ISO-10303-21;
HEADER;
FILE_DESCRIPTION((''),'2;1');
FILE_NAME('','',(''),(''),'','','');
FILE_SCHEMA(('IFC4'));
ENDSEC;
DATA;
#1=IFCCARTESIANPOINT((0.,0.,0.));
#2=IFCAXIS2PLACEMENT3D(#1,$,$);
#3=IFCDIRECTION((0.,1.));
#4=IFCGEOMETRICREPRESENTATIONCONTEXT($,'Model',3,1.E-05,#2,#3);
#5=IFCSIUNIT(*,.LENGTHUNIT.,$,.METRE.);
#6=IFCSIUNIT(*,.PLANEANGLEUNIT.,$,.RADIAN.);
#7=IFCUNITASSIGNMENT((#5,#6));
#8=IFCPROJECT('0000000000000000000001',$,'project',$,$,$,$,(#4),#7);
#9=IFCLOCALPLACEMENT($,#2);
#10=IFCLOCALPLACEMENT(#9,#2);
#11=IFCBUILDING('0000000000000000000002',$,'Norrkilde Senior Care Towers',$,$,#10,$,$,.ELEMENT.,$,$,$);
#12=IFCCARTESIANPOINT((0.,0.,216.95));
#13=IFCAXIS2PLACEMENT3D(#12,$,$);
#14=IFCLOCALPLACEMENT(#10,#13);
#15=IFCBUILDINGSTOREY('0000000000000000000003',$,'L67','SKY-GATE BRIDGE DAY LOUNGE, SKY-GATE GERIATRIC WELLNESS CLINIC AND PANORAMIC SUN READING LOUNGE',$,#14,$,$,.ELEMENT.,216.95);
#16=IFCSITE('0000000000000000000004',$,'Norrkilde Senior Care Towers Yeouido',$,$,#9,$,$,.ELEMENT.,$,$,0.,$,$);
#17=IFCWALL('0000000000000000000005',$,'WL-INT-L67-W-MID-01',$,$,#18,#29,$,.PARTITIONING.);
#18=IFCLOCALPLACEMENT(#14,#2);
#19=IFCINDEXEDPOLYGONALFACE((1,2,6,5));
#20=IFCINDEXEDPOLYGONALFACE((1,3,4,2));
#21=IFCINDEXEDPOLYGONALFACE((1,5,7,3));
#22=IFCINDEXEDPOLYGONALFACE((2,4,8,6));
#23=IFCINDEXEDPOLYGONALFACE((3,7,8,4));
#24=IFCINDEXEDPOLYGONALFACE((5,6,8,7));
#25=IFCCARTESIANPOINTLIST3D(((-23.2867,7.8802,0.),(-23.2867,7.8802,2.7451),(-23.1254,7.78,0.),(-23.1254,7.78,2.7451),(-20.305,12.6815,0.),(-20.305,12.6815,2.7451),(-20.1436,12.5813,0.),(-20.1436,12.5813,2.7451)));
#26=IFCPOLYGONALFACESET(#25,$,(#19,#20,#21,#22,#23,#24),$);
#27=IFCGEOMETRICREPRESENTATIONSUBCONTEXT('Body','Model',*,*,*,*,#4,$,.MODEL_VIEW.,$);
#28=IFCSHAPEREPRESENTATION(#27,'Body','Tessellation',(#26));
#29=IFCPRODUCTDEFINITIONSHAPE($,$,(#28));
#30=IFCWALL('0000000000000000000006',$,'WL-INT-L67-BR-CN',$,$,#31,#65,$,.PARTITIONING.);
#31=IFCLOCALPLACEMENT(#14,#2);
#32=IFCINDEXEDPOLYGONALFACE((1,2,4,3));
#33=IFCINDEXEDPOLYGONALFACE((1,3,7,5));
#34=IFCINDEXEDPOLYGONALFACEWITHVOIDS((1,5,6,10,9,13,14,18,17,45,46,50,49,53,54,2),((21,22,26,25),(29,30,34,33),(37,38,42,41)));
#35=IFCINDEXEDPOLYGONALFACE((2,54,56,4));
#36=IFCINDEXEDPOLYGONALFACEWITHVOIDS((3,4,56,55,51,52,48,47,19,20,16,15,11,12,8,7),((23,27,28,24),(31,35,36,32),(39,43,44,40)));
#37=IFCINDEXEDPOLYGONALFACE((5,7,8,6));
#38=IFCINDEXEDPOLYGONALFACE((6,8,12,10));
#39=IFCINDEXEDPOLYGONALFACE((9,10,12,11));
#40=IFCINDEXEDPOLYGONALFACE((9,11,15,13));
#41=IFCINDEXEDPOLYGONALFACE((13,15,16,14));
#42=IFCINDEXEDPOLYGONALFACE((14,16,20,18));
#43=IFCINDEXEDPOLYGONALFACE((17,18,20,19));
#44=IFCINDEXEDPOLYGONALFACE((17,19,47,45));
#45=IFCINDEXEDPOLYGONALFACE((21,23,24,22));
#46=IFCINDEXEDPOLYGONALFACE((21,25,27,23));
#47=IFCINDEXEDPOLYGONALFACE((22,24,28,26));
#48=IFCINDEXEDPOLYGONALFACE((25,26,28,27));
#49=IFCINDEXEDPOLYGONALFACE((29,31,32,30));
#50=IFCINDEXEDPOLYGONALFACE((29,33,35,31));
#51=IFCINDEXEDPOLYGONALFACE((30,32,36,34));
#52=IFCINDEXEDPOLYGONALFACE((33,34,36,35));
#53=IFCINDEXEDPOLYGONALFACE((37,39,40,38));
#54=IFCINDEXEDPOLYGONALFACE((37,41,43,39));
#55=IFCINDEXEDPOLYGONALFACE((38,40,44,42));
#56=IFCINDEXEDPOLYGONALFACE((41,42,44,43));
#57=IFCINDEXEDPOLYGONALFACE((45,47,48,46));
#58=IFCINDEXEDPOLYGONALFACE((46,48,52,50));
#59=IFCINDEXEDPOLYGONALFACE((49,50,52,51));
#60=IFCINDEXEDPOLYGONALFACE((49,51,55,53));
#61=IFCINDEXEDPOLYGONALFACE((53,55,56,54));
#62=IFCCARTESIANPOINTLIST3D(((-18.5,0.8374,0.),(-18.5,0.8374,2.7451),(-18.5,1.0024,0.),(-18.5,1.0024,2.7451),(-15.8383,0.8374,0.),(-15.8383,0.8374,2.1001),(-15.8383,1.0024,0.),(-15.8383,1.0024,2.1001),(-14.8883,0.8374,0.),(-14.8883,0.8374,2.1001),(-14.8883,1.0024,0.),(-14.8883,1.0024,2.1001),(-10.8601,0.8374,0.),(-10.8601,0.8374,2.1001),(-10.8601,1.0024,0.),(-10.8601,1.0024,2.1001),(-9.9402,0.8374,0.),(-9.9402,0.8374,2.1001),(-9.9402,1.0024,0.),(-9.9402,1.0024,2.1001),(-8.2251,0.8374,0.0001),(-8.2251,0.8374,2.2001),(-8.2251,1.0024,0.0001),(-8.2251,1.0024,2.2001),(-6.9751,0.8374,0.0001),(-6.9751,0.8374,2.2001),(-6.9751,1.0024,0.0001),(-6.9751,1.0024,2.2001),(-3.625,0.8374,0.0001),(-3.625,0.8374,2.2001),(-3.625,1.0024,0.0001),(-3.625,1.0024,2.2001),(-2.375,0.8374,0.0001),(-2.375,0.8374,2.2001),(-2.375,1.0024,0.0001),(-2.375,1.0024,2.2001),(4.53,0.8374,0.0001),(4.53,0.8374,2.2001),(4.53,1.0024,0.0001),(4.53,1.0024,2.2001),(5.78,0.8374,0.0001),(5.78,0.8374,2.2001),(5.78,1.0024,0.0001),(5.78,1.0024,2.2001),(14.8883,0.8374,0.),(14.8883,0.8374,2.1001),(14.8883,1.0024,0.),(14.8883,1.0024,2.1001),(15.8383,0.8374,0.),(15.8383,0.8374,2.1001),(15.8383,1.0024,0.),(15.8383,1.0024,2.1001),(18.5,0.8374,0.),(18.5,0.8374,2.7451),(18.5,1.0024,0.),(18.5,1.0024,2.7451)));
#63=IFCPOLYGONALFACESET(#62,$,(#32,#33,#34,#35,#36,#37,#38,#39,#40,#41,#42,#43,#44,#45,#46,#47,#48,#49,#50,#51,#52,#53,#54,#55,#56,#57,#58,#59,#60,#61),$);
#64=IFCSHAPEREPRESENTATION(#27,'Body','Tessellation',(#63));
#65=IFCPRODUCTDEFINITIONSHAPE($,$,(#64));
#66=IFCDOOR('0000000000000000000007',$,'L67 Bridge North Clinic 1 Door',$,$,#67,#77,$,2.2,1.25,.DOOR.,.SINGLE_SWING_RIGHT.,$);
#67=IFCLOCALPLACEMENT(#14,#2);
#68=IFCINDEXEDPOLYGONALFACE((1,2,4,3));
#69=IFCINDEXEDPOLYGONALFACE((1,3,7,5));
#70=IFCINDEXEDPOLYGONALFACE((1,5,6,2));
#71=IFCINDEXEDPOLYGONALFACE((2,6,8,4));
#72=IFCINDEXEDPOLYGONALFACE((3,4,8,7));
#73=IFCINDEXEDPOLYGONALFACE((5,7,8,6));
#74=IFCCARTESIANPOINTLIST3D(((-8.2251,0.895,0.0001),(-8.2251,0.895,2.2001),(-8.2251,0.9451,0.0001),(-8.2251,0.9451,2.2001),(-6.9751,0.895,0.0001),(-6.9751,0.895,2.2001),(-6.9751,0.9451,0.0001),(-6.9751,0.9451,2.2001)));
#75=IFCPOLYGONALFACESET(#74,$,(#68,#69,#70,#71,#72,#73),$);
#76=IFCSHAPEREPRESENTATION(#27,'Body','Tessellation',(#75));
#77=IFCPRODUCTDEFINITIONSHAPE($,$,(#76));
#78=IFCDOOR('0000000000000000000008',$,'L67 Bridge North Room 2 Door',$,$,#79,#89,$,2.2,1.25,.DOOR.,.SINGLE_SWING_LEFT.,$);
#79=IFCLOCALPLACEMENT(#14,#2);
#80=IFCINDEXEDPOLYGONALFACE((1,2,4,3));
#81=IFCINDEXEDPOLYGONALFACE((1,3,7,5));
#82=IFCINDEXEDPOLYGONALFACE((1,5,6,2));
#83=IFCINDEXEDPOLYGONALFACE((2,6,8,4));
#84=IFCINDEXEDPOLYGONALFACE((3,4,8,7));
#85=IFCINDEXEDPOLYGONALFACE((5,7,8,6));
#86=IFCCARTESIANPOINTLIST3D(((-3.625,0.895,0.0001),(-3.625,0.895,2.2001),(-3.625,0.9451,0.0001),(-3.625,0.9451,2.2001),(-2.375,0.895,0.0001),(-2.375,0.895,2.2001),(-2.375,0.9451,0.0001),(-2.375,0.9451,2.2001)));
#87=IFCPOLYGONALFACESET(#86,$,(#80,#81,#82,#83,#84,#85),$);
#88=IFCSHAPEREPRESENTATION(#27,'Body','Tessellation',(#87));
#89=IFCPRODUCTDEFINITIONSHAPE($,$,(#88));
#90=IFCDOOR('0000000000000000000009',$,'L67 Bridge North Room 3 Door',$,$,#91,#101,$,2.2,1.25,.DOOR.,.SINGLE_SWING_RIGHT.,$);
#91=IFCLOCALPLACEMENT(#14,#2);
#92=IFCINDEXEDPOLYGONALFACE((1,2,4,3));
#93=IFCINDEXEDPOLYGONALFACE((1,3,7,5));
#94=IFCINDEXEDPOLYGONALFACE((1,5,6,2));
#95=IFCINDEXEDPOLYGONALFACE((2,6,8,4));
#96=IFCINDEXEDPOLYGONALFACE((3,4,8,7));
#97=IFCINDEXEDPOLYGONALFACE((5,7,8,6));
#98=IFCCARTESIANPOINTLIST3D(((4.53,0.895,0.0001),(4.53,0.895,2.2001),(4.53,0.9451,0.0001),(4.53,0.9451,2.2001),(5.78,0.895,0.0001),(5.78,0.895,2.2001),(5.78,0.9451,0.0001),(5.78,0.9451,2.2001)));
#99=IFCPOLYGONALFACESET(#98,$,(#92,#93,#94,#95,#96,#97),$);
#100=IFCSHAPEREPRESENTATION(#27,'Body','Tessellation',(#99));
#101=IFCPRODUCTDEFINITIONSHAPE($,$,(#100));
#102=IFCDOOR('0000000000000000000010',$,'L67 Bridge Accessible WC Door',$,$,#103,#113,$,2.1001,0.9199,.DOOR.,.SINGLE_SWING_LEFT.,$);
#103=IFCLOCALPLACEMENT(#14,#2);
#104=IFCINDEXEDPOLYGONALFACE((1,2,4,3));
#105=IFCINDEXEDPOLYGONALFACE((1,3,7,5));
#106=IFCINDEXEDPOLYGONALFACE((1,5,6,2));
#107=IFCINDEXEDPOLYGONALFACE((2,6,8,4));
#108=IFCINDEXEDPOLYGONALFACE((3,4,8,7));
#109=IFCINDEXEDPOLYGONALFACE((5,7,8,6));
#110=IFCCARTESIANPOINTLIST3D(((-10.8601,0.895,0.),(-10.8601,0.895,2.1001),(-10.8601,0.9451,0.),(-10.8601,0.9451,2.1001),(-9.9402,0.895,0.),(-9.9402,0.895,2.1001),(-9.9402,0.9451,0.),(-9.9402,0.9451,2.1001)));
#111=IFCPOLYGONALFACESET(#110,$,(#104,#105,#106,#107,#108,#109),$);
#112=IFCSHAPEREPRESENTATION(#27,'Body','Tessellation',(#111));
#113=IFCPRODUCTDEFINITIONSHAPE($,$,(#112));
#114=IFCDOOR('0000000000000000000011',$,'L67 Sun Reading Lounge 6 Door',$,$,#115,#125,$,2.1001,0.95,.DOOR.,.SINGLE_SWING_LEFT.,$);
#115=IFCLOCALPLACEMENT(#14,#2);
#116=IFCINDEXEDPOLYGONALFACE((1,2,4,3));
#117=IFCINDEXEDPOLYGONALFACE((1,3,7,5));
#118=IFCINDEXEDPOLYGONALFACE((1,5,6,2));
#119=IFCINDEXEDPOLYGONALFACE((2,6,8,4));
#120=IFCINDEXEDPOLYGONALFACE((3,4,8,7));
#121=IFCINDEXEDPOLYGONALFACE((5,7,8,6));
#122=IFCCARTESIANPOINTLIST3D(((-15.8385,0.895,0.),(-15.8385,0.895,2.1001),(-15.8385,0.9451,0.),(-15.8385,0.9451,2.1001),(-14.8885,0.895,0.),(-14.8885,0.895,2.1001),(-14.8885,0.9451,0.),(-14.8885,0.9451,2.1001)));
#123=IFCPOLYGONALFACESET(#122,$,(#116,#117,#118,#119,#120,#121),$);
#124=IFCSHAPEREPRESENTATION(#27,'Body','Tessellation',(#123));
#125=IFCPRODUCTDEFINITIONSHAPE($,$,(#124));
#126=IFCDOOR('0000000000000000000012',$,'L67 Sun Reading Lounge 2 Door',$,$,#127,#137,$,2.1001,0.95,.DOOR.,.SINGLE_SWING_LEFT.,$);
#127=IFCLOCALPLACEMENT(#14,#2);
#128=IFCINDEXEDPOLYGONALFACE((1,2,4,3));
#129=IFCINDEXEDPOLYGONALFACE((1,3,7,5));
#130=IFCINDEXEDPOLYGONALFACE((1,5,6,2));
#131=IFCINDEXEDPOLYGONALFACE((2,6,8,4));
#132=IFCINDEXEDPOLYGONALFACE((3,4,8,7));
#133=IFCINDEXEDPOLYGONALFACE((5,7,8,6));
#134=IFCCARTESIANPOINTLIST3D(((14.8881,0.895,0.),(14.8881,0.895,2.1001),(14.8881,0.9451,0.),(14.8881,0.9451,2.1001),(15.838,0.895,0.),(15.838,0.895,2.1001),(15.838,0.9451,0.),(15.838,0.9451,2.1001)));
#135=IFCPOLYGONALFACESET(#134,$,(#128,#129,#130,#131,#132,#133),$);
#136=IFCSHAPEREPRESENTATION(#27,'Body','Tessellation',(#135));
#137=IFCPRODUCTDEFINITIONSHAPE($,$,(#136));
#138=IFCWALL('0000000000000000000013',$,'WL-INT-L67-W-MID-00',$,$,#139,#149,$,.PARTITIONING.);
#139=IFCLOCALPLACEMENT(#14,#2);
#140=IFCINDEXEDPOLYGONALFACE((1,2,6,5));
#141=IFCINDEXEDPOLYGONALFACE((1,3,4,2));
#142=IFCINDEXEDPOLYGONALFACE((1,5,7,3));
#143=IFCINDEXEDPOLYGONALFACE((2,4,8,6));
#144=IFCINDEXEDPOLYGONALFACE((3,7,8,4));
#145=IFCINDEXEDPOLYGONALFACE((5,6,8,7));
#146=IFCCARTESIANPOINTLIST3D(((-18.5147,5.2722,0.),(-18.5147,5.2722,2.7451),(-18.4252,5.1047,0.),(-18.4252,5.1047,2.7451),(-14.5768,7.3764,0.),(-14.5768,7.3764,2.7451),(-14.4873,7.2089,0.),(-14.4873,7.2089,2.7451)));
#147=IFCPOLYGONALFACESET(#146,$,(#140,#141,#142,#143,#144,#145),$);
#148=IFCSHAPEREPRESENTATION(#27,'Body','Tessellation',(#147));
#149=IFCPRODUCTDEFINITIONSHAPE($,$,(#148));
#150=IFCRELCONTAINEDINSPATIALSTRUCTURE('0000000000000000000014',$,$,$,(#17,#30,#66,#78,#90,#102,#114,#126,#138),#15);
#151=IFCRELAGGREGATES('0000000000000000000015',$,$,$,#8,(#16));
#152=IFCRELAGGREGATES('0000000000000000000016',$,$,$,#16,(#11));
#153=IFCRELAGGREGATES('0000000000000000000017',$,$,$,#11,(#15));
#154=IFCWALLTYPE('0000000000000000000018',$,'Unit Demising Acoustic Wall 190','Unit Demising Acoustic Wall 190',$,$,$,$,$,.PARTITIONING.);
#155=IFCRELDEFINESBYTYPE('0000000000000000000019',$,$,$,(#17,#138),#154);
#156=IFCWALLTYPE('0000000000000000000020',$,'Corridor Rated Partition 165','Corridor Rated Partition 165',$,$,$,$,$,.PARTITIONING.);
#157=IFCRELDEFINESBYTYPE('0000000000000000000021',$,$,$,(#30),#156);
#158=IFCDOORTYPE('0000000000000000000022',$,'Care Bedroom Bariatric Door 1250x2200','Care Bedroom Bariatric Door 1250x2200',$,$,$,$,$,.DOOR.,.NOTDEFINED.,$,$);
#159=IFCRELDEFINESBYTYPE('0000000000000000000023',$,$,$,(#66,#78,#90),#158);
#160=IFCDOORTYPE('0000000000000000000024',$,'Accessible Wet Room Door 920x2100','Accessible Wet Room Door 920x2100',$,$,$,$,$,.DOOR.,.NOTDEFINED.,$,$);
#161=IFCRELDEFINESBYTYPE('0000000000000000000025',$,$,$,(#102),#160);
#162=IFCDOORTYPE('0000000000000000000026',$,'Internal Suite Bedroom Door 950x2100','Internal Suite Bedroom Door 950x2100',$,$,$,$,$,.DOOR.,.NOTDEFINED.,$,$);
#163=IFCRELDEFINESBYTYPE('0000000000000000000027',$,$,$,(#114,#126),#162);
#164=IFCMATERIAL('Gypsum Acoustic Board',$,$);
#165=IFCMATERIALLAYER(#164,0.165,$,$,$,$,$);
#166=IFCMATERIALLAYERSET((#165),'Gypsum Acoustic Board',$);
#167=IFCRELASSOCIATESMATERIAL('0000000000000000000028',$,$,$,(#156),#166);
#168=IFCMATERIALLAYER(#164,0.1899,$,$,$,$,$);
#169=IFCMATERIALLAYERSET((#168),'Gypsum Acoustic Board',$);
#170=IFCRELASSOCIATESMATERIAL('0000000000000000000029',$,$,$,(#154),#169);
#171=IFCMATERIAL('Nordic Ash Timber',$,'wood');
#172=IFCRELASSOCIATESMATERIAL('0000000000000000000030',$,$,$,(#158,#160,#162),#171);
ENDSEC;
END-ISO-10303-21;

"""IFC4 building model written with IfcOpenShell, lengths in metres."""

from ifc_helpers import new_model, si_unit, direction, frame, frame_2d, origin, place, context, subcontext, project, spatial, rectangle, extrude, source, transform, mapped, material, layer, layer_set, type_object, type_shapes, element, fill, save


model = new_model("IFC4")

# Units and contexts
model_context = context("Model", 3, precision=1e-05, world=origin(), true_north=direction((0.0, 1.0)))
body_context = subcontext(model_context, "Body", "Model", "MODEL_VIEW")
ifc_project = project(units=[si_unit("LENGTHUNIT", "METRE"), si_unit("PLANEANGLEUNIT", "RADIAN")], contexts=[model_context])

# Site, building, storey
site_placement = place(None, origin())
site = spatial("IfcSite", under=ifc_project, at=site_placement, Name="Norrkilde Senior Care Towers Yeouido", CompositionType="ELEMENT", RefElevation=0.0)
building_placement = place(site_placement, origin())
building = spatial("IfcBuilding", under=site, at=building_placement, Name="Norrkilde Senior Care Towers", CompositionType="ELEMENT")
storey_placement = place(building_placement, frame((0.0, 0.0, 216.95)))
storey = spatial("IfcBuildingStorey", under=building, at=storey_placement, Name="L67", Description="SKY-GATE BRIDGE DAY LOUNGE, SKY-GATE GERIATRIC WELLNESS CLINIC AND PANORAMIC SUN READING LOUNGE", CompositionType="ELEMENT", Elevation=216.95)

# Shared definitions
ifc_material_1 = material(Name="Gypsum Acoustic Board")
ifc_layer_1 = layer(ifc_material_1, 0.165)
ifc_layer_set_1 = layer_set([ifc_layer_1], Name="Gypsum Acoustic Board")
wall_type_1 = type_object("IfcWallType", Name="Corridor Rated Partition 165", Description="Corridor Rated Partition 165", PredefinedType="PARTITIONING", material=ifc_layer_set_1)
ifc_material_2 = material(Name="Nordic Ash Timber", Category="wood")

# Wall
ifc_layer_2 = layer(ifc_material_1, 0.1899)
ifc_layer_set_2 = layer_set([ifc_layer_2], Name="Gypsum Acoustic Board")
wall_type_2 = type_object("IfcWallType", Name="Unit Demising Acoustic Wall 190", Description="Unit Demising Acoustic Wall 190", PredefinedType="PARTITIONING", material=ifc_layer_set_2)
shared_shape_1 = source(origin(), body_context, "Body", "SweptSolid", [
    extrude(rectangle(XDim=5.6519, YDim=0.1899, at=frame_2d((2.8259, 0.0))), origin(), (0.0, 0.0, 1.0), 2.7451),
])
wall_1_placement = place(storey_placement, frame((-23.2061, 7.8301, 0.0), z_axis=(0.0, 0.0, 1.0), x_axis=(0.527566, 0.849514, 0.0)))
element("IfcWall", 1, at=wall_1_placement, inside=storey, type_object=wall_type_2, Name="WL-INT-L67-W-MID-01", PredefinedType="PARTITIONING", context=body_context, shape_type="MappedRepresentation", body=[
    mapped(shared_shape_1, transform((0.0, 0.0, 0.0), x_axis=(1.0, 0.0, 0.0), y_axis=(0.0, 1.0, 0.0), z_axis=(0.0, 0.0, 1.0), scale=1.0)),
])

# Wall, openings, doors
shared_shape_2 = source(origin(), body_context, "Body", "SweptSolid", [
    extrude(rectangle(XDim=37.0, YDim=0.165, at=frame_2d((18.5, 0.0))), origin(), (0.0, 0.0, 1.0), 2.7451),
])
wall_2_placement = place(storey_placement, frame((-18.5, 0.9199, 0.0), z_axis=(0.0, 0.0, 1.0), x_axis=(1.0, 0.0, 0.0)))
wall_2 = element("IfcWall", 2, at=wall_2_placement, inside=storey, type_object=wall_type_1, Name="WL-INT-L67-BR-CN", PredefinedType="PARTITIONING", context=body_context, shape_type="MappedRepresentation", body=[
    mapped(shared_shape_2, transform((0.0, 0.0, 0.0), x_axis=(1.0, 0.0, 0.0), y_axis=(0.0, 1.0, 0.0), z_axis=(0.0, 0.0, 1.0), scale=1.0)),
])
opening_1_placement = place(wall_2_placement, frame((2.6616, 0.0, 0.0)))
opening_1 = element("IfcOpeningElement", 3, at=opening_1_placement, cuts=wall_2, PredefinedType="OPENING", context=body_context, shape_type="SweptSolid", body=[
    extrude(rectangle(XDim=0.95, YDim=2.1001, at=frame_2d((0.4751, 1.05))), frame((0.0, 0.0925, 0.0), z_axis=(0.0, -1.0, 0.0), x_axis=(1.0, 0.0, 0.0)), (0.0, 0.0, 1.0), 0.1851),
])
opening_2_placement = place(wall_2_placement, frame((33.3882, 0.0, 0.0)))
opening_2 = element("IfcOpeningElement", 4, at=opening_2_placement, cuts=wall_2, PredefinedType="OPENING", context=body_context, shape_type="SweptSolid", body=[
    extrude(rectangle(XDim=0.95, YDim=2.1001, at=frame_2d((0.4751, 1.05))), frame((0.0, 0.0925, 0.0), z_axis=(0.0, -1.0, 0.0), x_axis=(1.0, 0.0, 0.0)), (0.0, 0.0, 1.0), 0.1851),
])
opening_3_placement = place(wall_2_placement, frame((7.6399, 0.0, 0.0)))
opening_3 = element("IfcOpeningElement", 5, at=opening_3_placement, cuts=wall_2, PredefinedType="OPENING", context=body_context, shape_type="SweptSolid", body=[
    extrude(rectangle(XDim=0.9199, YDim=2.1001, at=frame_2d((0.46, 1.05))), frame((0.0, 0.0925, 0.0), z_axis=(0.0, -1.0, 0.0), x_axis=(1.0, 0.0, 0.0)), (0.0, 0.0, 1.0), 0.1851),
])
opening_4_placement = place(wall_2_placement, frame((10.2749, 0.0, 0.0)))
opening_4 = element("IfcOpeningElement", 6, at=opening_4_placement, cuts=wall_2, PredefinedType="OPENING", context=body_context, shape_type="SweptSolid", body=[
    extrude(rectangle(XDim=1.25, YDim=2.2, at=frame_2d((0.625, 1.1001))), frame((0.0, 0.0925, 0.0), z_axis=(0.0, -1.0, 0.0), x_axis=(1.0, 0.0, 0.0)), (0.0, 0.0, 1.0), 0.1851),
])
opening_5_placement = place(wall_2_placement, frame((14.875, 0.0, 0.0)))
opening_5 = element("IfcOpeningElement", 7, at=opening_5_placement, cuts=wall_2, PredefinedType="OPENING", context=body_context, shape_type="SweptSolid", body=[
    extrude(rectangle(XDim=1.25, YDim=2.2, at=frame_2d((0.625, 1.1001))), frame((0.0, 0.0925, 0.0), z_axis=(0.0, -1.0, 0.0), x_axis=(1.0, 0.0, 0.0)), (0.0, 0.0, 1.0), 0.1851),
])
opening_6_placement = place(wall_2_placement, frame((23.03, 0.0, 0.0)))
opening_6 = element("IfcOpeningElement", 8, at=opening_6_placement, cuts=wall_2, PredefinedType="OPENING", context=body_context, shape_type="SweptSolid", body=[
    extrude(rectangle(XDim=1.25, YDim=2.2, at=frame_2d((0.625, 1.1001))), frame((0.0, 0.0925, 0.0), z_axis=(0.0, -1.0, 0.0), x_axis=(1.0, 0.0, 0.0)), (0.0, 0.0, 1.0), 0.1851),
])
door_type_1 = type_object("IfcDoorType", Name="Care Bedroom Bariatric Door 1250x2200", Description="Care Bedroom Bariatric Door 1250x2200", OperationType="NOTDEFINED", PredefinedType="DOOR", material=ifc_material_2)
shared_shape_3 = source(origin(), body_context, "Body", "SweptSolid", [
    extrude(rectangle(XDim=1.25, YDim=2.2, at=frame_2d((0.625, 1.1001))), frame((0.0, 0.0249, 0.0), z_axis=(0.0, -1.0, 0.0), x_axis=(1.0, 0.0, 0.0)), (0.0, 0.0, 1.0), 0.05),
])
type_shapes(door_type_1, [shared_shape_3])
door_1_placement = place(opening_4_placement, frame((1.25, 0.0, 0.0), z_axis=(0.0, 0.0, 1.0), x_axis=(-1.0, 0.0, 0.0)))
door_1 = element("IfcDoor", 9, at=door_1_placement, inside=storey, type_object=door_type_1, Name="L67 Bridge North Clinic 1 Door", OperationType="SINGLE_SWING_RIGHT", OverallHeight=2.2, OverallWidth=1.25, PredefinedType="DOOR", context=body_context, shape_type="MappedRepresentation", body=[
    mapped(shared_shape_3, transform((0.0, 0.0, 0.0), x_axis=(1.0, 0.0, 0.0), y_axis=(0.0, 1.0, 0.0), z_axis=(0.0, 0.0, 1.0), scale=1.0)),
])
fill(opening_4, door_1)
door_2_placement = place(opening_5_placement, frame((1.25, 0.0, 0.0), z_axis=(0.0, 0.0, 1.0), x_axis=(-1.0, 0.0, 0.0)))
door_2 = element("IfcDoor", 10, at=door_2_placement, inside=storey, type_object=door_type_1, Name="L67 Bridge North Room 2 Door", OperationType="SINGLE_SWING_LEFT", OverallHeight=2.2, OverallWidth=1.25, PredefinedType="DOOR", context=body_context, shape_type="MappedRepresentation", body=[
    mapped(shared_shape_3, transform((0.0, 0.0, 0.0), x_axis=(1.0, 0.0, 0.0), y_axis=(0.0, 1.0, 0.0), z_axis=(0.0, 0.0, 1.0), scale=1.0)),
])
fill(opening_5, door_2)
door_3_placement = place(opening_6_placement, frame((1.25, 0.0, 0.0), z_axis=(0.0, 0.0, 1.0), x_axis=(-1.0, 0.0, 0.0)))
door_3 = element("IfcDoor", 11, at=door_3_placement, inside=storey, type_object=door_type_1, Name="L67 Bridge North Room 3 Door", OperationType="SINGLE_SWING_RIGHT", OverallHeight=2.2, OverallWidth=1.25, PredefinedType="DOOR", context=body_context, shape_type="MappedRepresentation", body=[
    mapped(shared_shape_3, transform((0.0, 0.0, 0.0), x_axis=(1.0, 0.0, 0.0), y_axis=(0.0, 1.0, 0.0), z_axis=(0.0, 0.0, 1.0), scale=1.0)),
])
fill(opening_6, door_3)
door_type_2 = type_object("IfcDoorType", Name="Accessible Wet Room Door 920x2100", Description="Accessible Wet Room Door 920x2100", OperationType="NOTDEFINED", PredefinedType="DOOR", material=ifc_material_2)
shared_shape_4 = source(origin(), body_context, "Body", "SweptSolid", [
    extrude(rectangle(XDim=0.9199, YDim=2.1001, at=frame_2d((0.46, 1.05))), frame((0.0, 0.0249, 0.0), z_axis=(0.0, -1.0, 0.0), x_axis=(1.0, 0.0, 0.0)), (0.0, 0.0, 1.0), 0.05),
])
type_shapes(door_type_2, [shared_shape_4])
door_4_placement = place(opening_3_placement, frame((0.9199, 0.0, 0.0), z_axis=(0.0, 0.0, 1.0), x_axis=(-1.0, 0.0, 0.0)))
door_4 = element("IfcDoor", 12, at=door_4_placement, inside=storey, type_object=door_type_2, Name="L67 Bridge Accessible WC Door", OperationType="SINGLE_SWING_LEFT", OverallHeight=2.1001, OverallWidth=0.9199, PredefinedType="DOOR", context=body_context, shape_type="MappedRepresentation", body=[
    mapped(shared_shape_4, transform((0.0, 0.0, 0.0), x_axis=(1.0, 0.0, 0.0), y_axis=(0.0, 1.0, 0.0), z_axis=(0.0, 0.0, 1.0), scale=1.0)),
])
fill(opening_3, door_4)
door_type_3 = type_object("IfcDoorType", Name="Internal Suite Bedroom Door 950x2100", Description="Internal Suite Bedroom Door 950x2100", OperationType="NOTDEFINED", PredefinedType="DOOR", material=ifc_material_2)
shared_shape_5 = source(origin(), body_context, "Body", "SweptSolid", [
    extrude(rectangle(XDim=0.95, YDim=2.1001, at=frame_2d((0.4751, 1.05))), frame((0.0, 0.0249, 0.0), z_axis=(0.0, -1.0, 0.0), x_axis=(1.0, 0.0, 0.0)), (0.0, 0.0, 1.0), 0.05),
])
type_shapes(door_type_3, [shared_shape_5])
door_5_placement = place(opening_1_placement, frame((0.95, 0.0, 0.0), z_axis=(0.0, 0.0, 1.0), x_axis=(-1.0, 0.0, 0.0)))
door_5 = element("IfcDoor", 13, at=door_5_placement, inside=storey, type_object=door_type_3, Name="L67 Sun Reading Lounge 6 Door", OperationType="SINGLE_SWING_LEFT", OverallHeight=2.1001, OverallWidth=0.95, PredefinedType="DOOR", context=body_context, shape_type="MappedRepresentation", body=[
    mapped(shared_shape_5, transform((0.0, 0.0, 0.0), x_axis=(1.0, 0.0, 0.0), y_axis=(0.0, 1.0, 0.0), z_axis=(0.0, 0.0, 1.0), scale=1.0)),
])
fill(opening_1, door_5)
door_6_placement = place(opening_2_placement, frame((0.95, 0.0, 0.0), z_axis=(0.0, 0.0, 1.0), x_axis=(-1.0, 0.0, 0.0)))
door_6 = element("IfcDoor", 14, at=door_6_placement, inside=storey, type_object=door_type_3, Name="L67 Sun Reading Lounge 2 Door", OperationType="SINGLE_SWING_LEFT", OverallHeight=2.1001, OverallWidth=0.95, PredefinedType="DOOR", context=body_context, shape_type="MappedRepresentation", body=[
    mapped(shared_shape_5, transform((0.0, 0.0, 0.0), x_axis=(1.0, 0.0, 0.0), y_axis=(0.0, 1.0, 0.0), z_axis=(0.0, 0.0, 1.0), scale=1.0)),
])
fill(opening_2, door_6)

# Wall
shared_shape_6 = source(origin(), body_context, "Body", "SweptSolid", [
    extrude(rectangle(XDim=4.4648, YDim=0.1899, at=frame_2d((2.2324, 0.0))), origin(), (0.0, 0.0, 1.0), 2.7451),
])
wall_3_placement = place(storey_placement, frame((-18.47, 5.1885, 0.0), z_axis=(0.0, 0.0, 1.0), x_axis=(0.881982, 0.471283, 0.0)))
element("IfcWall", 15, at=wall_3_placement, inside=storey, type_object=wall_type_2, Name="WL-INT-L67-W-MID-00", PredefinedType="PARTITIONING", context=body_context, shape_type="MappedRepresentation", body=[
    mapped(shared_shape_6, transform((0.0, 0.0, 0.0), x_axis=(1.0, 0.0, 0.0), y_axis=(0.0, 1.0, 0.0), z_axis=(0.0, 0.0, 1.0), scale=1.0)),
])

save(model, "model.ifc")
